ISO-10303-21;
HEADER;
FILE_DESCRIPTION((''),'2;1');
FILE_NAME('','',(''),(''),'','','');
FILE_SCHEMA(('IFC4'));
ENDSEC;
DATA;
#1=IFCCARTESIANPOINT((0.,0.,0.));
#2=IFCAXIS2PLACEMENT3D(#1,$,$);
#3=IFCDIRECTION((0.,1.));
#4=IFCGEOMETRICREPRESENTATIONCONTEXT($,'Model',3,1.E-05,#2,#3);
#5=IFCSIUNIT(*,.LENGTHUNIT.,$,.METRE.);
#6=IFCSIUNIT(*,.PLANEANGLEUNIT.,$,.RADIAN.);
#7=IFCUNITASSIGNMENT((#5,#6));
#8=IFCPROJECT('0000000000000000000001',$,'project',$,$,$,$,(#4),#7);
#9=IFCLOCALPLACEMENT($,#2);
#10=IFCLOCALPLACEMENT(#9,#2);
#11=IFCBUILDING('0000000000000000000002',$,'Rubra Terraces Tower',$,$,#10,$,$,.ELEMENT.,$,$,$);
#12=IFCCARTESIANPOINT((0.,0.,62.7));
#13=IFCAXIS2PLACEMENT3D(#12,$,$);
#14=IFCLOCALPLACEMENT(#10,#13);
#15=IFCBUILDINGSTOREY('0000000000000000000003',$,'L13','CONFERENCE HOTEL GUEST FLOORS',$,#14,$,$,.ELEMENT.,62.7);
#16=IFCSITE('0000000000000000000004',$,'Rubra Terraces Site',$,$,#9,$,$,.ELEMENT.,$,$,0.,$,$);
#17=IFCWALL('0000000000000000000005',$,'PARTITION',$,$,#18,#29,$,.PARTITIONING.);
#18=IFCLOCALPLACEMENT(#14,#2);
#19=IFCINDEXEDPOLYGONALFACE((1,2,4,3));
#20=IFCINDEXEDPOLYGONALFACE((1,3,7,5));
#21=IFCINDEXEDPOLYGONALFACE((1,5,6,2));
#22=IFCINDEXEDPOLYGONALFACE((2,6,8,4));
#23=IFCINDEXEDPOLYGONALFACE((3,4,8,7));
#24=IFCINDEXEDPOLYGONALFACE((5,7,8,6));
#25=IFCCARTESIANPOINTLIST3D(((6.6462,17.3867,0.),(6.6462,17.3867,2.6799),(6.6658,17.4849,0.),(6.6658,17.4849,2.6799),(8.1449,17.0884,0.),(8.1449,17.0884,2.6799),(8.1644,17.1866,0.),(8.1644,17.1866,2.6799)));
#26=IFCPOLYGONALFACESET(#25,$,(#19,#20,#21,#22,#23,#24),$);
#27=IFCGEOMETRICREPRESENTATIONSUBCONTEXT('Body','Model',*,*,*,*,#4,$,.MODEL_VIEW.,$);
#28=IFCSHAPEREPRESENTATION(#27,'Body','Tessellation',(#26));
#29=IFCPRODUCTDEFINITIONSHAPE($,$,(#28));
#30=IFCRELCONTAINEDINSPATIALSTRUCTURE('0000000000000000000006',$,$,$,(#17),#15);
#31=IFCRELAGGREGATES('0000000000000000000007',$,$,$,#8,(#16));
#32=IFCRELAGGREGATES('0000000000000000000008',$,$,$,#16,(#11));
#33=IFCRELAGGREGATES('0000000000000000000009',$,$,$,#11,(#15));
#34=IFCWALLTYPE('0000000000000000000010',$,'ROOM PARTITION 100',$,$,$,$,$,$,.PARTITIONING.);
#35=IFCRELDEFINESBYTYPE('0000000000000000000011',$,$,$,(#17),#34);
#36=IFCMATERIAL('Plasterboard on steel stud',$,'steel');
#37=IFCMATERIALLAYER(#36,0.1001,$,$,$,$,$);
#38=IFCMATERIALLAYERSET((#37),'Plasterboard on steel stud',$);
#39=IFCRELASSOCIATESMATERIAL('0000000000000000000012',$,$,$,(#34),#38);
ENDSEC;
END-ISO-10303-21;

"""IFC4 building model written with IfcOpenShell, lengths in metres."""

from ifc_helpers import new_model, si_unit, direction, frame, frame_2d, origin, place, context, subcontext, project, spatial, rectangle, extrude, material, layer, layer_set, type_object, element, save


model = new_model("IFC4")

# Units and contexts
model_context = context("Model", 3, precision=1e-05, world=origin(), true_north=direction((0.0, 1.0)))
body_context = subcontext(model_context, "Body", "Model", "MODEL_VIEW")
ifc_project = project(units=[si_unit("LENGTHUNIT", "METRE"), si_unit("PLANEANGLEUNIT", "RADIAN")], contexts=[model_context])

# Site, building, storey
site_placement = place(None, origin())
site = spatial("IfcSite", under=ifc_project, at=site_placement, Name="Rubra Terraces Site", CompositionType="ELEMENT", RefElevation=0.0)
building_placement = place(site_placement, origin())
building = spatial("IfcBuilding", under=site, at=building_placement, Name="Rubra Terraces Tower", CompositionType="ELEMENT")
storey_placement = place(building_placement, frame((0.0, 0.0, 62.7)))
storey = spatial("IfcBuildingStorey", under=building, at=storey_placement, Name="L13", Description="CONFERENCE HOTEL GUEST FLOORS", CompositionType="ELEMENT", Elevation=62.7)

# Shared definitions
ifc_material_1 = material(Name="Plasterboard on steel stud", Category="steel")
ifc_layer_1 = layer(ifc_material_1, 0.1001)
ifc_layer_set_1 = layer_set([ifc_layer_1], Name="Plasterboard on steel stud")
wall_type_1 = type_object("IfcWallType", Name="ROOM PARTITION 100", PredefinedType="PARTITIONING", material=ifc_layer_set_1)

# Wall
wall_1_placement = place(storey_placement, frame((8.1548, 17.1375, 0.0), z_axis=(0.0, 0.0, 1.0), x_axis=(-0.980758, 0.195225, 0.0)))
element("IfcWall", 1, at=wall_1_placement, inside=storey, type_object=wall_type_1, Name="PARTITION", PredefinedType="PARTITIONING", context=body_context, shape_type="SweptSolid", body=[
    extrude(rectangle(XDim=1.5281, YDim=0.1001, at=frame_2d((0.7642, 0.0))), origin(), (0.0, 0.0, 1.0), 2.6799),
])

save(model, "model.ifc")
